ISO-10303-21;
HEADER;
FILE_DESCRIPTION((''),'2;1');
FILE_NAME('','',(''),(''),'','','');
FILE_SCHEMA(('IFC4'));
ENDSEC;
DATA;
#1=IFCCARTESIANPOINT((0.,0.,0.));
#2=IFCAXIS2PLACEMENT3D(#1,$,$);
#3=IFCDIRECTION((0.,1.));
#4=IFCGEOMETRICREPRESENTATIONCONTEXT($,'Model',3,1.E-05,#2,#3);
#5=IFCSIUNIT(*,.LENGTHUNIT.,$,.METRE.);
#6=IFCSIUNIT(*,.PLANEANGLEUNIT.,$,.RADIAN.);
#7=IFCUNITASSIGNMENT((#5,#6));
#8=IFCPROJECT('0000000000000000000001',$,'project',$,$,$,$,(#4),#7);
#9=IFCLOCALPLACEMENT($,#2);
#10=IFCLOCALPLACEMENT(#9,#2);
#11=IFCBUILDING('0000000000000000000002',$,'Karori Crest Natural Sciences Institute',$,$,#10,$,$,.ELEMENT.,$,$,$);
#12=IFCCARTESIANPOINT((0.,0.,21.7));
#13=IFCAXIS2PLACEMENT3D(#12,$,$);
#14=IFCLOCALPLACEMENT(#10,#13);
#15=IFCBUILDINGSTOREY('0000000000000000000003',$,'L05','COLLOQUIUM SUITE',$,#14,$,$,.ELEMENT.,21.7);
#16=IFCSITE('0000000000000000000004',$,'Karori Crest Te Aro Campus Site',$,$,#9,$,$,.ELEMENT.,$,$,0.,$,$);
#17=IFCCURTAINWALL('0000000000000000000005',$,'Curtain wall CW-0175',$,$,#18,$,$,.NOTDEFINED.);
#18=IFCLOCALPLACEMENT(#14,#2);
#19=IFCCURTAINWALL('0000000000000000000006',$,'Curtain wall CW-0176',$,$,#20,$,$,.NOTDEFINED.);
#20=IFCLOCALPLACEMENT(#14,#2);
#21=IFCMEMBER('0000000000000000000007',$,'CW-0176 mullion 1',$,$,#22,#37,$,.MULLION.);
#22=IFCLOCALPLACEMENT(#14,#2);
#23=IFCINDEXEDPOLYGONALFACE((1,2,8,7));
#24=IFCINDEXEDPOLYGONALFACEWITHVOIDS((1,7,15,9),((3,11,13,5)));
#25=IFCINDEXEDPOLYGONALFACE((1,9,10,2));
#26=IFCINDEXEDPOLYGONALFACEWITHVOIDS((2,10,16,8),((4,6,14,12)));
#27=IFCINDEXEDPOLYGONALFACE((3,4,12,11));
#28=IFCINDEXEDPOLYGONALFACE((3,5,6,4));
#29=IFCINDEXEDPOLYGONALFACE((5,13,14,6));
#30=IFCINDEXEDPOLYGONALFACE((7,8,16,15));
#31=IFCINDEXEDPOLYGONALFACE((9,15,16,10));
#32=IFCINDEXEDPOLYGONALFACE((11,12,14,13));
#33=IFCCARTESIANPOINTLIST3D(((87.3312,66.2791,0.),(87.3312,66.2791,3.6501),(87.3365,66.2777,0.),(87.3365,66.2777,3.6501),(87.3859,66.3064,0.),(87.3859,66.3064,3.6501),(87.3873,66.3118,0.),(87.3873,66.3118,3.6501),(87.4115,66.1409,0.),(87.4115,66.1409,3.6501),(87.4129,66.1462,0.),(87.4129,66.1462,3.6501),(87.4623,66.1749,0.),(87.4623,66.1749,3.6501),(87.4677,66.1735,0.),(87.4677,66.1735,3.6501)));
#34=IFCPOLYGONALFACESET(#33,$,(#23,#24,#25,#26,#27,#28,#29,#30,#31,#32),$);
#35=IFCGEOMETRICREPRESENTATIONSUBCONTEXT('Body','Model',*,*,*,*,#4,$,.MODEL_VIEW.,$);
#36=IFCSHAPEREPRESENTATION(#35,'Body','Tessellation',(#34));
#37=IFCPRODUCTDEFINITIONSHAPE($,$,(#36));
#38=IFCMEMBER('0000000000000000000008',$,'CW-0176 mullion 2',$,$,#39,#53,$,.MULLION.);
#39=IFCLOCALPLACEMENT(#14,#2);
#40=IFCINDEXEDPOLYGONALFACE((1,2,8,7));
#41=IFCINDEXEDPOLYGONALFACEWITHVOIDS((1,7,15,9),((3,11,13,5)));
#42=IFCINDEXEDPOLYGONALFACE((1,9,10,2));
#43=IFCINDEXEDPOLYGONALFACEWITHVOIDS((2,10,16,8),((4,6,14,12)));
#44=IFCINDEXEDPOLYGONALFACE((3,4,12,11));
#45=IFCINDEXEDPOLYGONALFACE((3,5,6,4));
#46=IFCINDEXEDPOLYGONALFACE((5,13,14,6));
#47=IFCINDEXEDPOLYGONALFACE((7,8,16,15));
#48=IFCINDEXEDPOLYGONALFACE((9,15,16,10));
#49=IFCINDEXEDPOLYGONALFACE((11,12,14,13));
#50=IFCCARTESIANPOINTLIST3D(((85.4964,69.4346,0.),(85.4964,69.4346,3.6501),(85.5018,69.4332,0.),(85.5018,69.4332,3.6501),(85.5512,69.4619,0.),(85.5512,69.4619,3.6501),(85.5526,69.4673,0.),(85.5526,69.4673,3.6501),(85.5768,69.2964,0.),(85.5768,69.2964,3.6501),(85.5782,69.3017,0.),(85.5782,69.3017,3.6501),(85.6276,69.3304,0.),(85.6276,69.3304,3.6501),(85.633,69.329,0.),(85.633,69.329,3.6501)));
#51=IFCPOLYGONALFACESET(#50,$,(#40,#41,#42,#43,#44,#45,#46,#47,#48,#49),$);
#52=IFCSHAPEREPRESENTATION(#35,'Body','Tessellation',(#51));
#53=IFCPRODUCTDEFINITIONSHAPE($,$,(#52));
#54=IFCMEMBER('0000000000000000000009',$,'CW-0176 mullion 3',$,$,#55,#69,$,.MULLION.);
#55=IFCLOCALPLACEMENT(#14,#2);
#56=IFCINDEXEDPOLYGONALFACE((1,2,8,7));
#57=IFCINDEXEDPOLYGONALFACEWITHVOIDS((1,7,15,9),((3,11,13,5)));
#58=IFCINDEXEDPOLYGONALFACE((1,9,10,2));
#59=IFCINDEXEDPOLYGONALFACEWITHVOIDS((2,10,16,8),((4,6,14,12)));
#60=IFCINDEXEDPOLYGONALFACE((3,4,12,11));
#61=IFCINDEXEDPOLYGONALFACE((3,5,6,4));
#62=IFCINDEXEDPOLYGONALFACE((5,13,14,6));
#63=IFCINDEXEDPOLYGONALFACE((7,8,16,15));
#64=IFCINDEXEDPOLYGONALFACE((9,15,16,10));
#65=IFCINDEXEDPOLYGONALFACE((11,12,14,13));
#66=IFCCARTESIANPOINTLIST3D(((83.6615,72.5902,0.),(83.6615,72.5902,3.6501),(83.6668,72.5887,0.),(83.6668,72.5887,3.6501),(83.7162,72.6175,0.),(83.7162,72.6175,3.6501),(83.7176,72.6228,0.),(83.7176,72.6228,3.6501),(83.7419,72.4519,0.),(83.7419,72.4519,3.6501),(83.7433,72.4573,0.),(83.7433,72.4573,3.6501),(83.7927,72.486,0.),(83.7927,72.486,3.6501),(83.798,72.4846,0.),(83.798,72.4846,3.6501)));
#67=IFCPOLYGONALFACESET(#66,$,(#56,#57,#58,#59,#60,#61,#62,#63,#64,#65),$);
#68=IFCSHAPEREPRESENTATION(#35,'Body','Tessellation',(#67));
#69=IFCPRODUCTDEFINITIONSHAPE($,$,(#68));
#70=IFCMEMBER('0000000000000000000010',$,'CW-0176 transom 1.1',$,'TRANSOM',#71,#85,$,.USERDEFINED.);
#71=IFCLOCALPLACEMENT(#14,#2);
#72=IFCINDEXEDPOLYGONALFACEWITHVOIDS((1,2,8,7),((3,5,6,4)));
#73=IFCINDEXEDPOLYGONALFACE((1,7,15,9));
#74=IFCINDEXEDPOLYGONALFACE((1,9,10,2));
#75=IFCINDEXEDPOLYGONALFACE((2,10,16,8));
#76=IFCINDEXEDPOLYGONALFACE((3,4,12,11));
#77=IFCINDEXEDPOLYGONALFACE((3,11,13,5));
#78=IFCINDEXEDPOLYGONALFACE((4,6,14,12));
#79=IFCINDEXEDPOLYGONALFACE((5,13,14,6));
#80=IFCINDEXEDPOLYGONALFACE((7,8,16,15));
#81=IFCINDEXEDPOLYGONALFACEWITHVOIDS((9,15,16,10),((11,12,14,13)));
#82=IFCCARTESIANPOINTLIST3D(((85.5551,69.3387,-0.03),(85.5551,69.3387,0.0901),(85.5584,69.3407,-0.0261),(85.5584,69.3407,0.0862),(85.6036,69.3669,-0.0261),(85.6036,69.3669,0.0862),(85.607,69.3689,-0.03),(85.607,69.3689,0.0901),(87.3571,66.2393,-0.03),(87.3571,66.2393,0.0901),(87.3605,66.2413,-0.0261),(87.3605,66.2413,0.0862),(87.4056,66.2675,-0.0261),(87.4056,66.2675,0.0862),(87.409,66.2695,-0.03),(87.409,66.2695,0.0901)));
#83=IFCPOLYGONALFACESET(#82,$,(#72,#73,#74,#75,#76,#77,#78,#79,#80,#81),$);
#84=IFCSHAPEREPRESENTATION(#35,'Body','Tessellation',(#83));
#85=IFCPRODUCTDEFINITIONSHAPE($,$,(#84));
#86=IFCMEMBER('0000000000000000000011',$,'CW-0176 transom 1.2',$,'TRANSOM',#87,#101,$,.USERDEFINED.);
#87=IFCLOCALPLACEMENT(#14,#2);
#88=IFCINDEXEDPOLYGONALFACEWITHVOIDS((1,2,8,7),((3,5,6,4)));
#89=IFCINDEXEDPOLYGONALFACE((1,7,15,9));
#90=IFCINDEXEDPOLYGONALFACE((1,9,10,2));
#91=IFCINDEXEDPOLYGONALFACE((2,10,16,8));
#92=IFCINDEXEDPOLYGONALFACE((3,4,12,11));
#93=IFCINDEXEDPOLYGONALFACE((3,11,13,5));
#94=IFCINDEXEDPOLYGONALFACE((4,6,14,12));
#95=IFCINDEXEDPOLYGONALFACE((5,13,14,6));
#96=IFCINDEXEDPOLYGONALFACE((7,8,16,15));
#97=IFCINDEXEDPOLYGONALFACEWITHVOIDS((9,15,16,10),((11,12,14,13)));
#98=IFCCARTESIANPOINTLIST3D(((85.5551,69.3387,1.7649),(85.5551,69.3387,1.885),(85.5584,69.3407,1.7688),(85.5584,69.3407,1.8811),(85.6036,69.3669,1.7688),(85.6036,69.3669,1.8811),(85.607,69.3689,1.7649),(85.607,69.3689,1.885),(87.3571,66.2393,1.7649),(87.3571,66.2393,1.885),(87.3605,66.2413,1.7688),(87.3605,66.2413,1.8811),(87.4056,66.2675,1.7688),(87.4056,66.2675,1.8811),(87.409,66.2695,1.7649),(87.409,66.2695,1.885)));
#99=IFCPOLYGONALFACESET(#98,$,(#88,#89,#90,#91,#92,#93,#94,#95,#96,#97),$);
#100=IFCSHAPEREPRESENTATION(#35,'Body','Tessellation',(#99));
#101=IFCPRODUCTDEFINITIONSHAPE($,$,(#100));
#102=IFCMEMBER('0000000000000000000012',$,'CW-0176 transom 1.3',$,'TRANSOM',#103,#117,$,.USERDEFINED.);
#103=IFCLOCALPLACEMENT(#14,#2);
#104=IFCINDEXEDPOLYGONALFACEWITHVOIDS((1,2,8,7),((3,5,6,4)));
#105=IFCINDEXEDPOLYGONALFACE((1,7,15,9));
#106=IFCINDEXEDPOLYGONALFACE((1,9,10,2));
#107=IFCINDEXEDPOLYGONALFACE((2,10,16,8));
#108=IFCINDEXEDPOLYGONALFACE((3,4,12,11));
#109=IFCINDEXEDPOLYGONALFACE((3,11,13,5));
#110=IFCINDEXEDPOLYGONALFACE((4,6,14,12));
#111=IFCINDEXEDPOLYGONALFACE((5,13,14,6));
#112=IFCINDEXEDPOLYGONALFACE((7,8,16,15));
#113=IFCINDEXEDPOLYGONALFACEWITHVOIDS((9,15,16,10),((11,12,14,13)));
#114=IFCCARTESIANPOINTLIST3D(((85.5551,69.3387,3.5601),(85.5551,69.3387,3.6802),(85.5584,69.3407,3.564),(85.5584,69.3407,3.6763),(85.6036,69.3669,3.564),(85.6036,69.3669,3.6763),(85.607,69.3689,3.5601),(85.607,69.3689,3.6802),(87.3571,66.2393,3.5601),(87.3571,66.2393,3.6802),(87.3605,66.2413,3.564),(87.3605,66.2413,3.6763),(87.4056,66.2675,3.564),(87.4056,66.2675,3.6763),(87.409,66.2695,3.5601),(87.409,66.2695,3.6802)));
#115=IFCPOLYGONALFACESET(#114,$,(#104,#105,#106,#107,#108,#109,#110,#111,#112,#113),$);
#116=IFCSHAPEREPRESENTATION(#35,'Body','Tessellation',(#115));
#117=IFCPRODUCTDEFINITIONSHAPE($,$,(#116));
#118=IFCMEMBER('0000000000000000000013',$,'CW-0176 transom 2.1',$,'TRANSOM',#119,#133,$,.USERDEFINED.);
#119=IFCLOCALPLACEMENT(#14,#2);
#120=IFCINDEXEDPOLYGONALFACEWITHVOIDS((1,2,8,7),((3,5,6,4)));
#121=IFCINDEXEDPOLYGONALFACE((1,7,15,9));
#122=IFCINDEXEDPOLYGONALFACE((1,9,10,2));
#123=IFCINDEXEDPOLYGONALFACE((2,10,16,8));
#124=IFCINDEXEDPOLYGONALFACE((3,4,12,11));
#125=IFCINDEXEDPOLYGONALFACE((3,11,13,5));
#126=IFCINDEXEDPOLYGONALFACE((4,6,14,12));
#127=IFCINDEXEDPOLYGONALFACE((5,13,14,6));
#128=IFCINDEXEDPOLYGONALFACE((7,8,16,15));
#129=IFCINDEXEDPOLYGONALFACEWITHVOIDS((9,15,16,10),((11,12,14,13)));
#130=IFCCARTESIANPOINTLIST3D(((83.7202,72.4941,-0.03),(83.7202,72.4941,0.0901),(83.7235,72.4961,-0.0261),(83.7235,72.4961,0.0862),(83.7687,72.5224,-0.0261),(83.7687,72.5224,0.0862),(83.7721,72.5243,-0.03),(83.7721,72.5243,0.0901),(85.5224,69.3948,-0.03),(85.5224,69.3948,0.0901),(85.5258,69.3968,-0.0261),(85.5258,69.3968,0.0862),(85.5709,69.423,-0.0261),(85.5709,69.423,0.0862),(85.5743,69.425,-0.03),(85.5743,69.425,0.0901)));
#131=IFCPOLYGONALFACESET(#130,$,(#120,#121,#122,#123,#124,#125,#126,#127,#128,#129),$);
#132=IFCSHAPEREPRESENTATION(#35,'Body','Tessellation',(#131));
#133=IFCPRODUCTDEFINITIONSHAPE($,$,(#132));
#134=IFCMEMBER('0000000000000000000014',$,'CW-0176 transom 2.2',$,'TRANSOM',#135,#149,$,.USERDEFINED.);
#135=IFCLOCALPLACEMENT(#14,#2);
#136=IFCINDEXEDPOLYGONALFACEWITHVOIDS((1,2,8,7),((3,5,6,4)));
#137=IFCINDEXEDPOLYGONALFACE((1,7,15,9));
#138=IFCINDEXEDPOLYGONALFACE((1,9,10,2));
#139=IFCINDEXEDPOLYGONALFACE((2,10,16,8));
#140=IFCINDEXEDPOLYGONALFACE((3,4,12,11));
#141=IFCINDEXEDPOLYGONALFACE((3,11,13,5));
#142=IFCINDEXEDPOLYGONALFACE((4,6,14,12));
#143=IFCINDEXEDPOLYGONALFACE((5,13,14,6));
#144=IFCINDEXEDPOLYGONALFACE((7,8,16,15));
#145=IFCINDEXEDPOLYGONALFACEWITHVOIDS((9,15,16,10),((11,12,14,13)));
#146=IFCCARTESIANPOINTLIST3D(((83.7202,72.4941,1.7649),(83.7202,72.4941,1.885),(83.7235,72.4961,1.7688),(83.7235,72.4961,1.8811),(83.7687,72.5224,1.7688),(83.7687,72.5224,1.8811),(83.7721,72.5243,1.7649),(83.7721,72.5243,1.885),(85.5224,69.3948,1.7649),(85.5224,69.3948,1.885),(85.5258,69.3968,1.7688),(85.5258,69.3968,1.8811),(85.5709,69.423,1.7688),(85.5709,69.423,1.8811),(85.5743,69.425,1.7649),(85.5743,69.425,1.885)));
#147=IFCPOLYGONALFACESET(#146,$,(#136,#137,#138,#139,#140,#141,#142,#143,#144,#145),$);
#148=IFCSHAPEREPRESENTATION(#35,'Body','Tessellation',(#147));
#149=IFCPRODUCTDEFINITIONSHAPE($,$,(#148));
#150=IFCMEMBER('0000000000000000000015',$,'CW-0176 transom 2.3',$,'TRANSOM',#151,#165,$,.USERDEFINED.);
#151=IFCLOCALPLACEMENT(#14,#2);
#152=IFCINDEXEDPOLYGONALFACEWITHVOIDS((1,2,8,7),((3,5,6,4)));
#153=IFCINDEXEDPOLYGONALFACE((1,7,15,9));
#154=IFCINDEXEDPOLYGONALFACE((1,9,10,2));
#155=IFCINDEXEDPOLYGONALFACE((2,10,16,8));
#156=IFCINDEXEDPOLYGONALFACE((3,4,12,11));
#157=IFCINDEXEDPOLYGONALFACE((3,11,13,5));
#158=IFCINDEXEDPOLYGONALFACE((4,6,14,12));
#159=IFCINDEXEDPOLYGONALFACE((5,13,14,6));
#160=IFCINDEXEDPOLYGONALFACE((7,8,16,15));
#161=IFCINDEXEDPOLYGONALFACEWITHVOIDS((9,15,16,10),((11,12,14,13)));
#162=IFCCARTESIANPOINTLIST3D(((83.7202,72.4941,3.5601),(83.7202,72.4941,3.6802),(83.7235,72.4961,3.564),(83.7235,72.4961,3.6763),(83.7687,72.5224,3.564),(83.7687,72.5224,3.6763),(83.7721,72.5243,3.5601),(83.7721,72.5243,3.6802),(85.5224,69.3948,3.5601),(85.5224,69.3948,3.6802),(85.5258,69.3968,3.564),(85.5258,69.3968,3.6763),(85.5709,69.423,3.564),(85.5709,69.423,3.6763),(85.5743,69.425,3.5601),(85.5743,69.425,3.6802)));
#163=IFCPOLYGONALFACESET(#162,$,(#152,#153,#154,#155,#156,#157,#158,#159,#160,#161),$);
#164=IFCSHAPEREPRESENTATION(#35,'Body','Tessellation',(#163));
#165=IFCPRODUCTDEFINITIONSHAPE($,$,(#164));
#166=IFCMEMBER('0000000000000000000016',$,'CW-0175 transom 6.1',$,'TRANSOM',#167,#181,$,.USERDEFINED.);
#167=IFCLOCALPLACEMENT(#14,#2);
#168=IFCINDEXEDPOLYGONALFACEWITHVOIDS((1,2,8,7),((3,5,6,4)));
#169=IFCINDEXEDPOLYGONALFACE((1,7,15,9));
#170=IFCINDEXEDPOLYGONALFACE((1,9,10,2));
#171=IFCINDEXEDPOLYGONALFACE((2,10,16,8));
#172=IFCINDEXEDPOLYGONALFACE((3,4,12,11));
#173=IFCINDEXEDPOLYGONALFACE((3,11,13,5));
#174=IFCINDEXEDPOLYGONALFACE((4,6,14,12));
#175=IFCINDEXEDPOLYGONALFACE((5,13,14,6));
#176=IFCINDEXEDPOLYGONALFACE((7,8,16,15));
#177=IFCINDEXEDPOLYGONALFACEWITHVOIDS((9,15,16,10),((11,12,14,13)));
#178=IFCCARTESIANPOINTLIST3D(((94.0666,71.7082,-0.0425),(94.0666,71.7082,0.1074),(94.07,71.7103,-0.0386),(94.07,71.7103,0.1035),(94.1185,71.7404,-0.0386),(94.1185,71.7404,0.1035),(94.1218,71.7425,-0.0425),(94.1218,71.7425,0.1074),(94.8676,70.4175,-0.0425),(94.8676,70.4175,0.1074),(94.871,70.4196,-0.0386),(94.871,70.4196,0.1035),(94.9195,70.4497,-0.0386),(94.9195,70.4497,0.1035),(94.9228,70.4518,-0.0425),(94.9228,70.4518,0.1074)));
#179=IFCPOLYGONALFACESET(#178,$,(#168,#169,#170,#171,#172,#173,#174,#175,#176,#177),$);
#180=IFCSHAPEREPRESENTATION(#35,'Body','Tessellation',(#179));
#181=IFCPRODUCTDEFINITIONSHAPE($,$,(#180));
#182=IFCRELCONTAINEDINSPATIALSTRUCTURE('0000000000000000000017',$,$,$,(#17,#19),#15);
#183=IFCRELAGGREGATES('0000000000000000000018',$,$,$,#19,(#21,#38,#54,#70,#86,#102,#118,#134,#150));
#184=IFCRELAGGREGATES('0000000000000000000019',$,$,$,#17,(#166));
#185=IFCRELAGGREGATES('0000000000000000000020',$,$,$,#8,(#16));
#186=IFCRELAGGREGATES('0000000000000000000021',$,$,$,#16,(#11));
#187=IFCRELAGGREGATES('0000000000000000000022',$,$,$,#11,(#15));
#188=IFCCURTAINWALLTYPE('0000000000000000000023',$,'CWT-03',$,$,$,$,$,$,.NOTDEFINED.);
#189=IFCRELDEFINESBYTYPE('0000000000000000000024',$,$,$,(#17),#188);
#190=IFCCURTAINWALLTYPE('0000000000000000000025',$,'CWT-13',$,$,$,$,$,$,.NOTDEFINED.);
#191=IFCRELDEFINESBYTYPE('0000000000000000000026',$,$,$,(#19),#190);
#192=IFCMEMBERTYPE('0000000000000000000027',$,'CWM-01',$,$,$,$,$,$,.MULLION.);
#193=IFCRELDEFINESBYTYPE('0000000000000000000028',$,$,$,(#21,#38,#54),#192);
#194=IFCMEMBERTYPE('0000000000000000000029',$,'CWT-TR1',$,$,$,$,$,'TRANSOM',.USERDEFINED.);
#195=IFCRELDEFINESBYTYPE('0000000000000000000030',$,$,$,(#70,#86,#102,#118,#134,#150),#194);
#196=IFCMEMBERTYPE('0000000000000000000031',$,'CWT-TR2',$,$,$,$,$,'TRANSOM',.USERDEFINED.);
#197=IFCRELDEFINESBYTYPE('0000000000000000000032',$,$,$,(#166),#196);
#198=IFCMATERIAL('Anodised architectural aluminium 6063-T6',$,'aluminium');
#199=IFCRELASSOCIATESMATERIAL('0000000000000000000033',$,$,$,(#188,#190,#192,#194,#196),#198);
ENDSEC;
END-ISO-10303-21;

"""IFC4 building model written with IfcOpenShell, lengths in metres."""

from ifc_helpers import new_model, si_unit, direction, frame, origin, origin_2d, place, context, subcontext, project, spatial, hollow_rectangle, extrude, material, material_profile, profile_set, type_object, element, aggregate, save


model = new_model("IFC4")

# Units and contexts
model_context = context("Model", 3, precision=1e-05, world=origin(), true_north=direction((0.0, 1.0)))
body_context = subcontext(model_context, "Body", "Model", "MODEL_VIEW")
ifc_project = project(units=[si_unit("LENGTHUNIT", "METRE"), si_unit("PLANEANGLEUNIT", "RADIAN")], contexts=[model_context])

# Site, building, storey
site_placement = place(None, origin())
site = spatial("IfcSite", under=ifc_project, at=site_placement, Name="Karori Crest Te Aro Campus Site", CompositionType="ELEMENT", RefElevation=0.0)
building_placement = place(site_placement, origin())
building = spatial("IfcBuilding", under=site, at=building_placement, Name="Karori Crest Natural Sciences Institute", CompositionType="ELEMENT")
storey_placement = place(building_placement, frame((0.0, 0.0, 21.7)))
storey = spatial("IfcBuildingStorey", under=building, at=storey_placement, Name="L05", Description="COLLOQUIUM SUITE", CompositionType="ELEMENT", Elevation=21.7)

# Curtain wall
ifc_material_1 = material(Name="Anodised architectural aluminium 6063-T6", Category="aluminium")
curtain_wall_type_1 = type_object("IfcCurtainWallType", Name="CWT-03", PredefinedType="NOTDEFINED", material=ifc_material_1)
curtain_wall_1_placement = place(storey_placement, origin())
curtain_wall_1 = element("IfcCurtainWall", 1, at=curtain_wall_1_placement, inside=storey, type_object=curtain_wall_type_1, Name="Curtain wall CW-0175", PredefinedType="NOTDEFINED")
ifc_material_profile_1 = material_profile(ifc_material_1, hollow_rectangle(XDim=0.0649, YDim=0.1599, WallThickness=0.0039, at=origin_2d()), Name="CWM160x65x4")
ifc_profile_set_1 = profile_set([ifc_material_profile_1], Name="Anodised architectural aluminium 6063-T6")
member_type_1 = type_object("IfcMemberType", Name="CWM-01", PredefinedType="MULLION", material=ifc_profile_set_1)

# Curtain wall, members
curtain_wall_type_2 = type_object("IfcCurtainWallType", Name="CWT-13", PredefinedType="NOTDEFINED", material=ifc_material_1)
curtain_wall_2_placement = place(storey_placement, origin())
curtain_wall_2 = element("IfcCurtainWall", 2, at=curtain_wall_2_placement, inside=storey, type_object=curtain_wall_type_2, Name="Curtain wall CW-0176", PredefinedType="NOTDEFINED")
member_1_placement = place(storey_placement, frame((87.3994, 66.2263, 0.0), z_axis=(0.0, 0.0, 1.0), x_axis=(-0.864487, -0.502655, 0.0)))
member_1 = element("IfcMember", 3, at=member_1_placement, type_object=member_type_1, Name="CW-0176 mullion 1", PredefinedType="MULLION", context=body_context, shape_type="SweptSolid", body=[
    extrude(hollow_rectangle(XDim=0.0649, YDim=0.1599, WallThickness=0.0039, at=origin_2d()), origin(), (0.0, 0.0, 1.0), 3.6501),
])
member_2_placement = place(storey_placement, frame((85.5647, 69.3818, 0.0), z_axis=(0.0, 0.0, 1.0), x_axis=(-0.864487, -0.502655, 0.0)))
member_2 = element("IfcMember", 4, at=member_2_placement, type_object=member_type_1, Name="CW-0176 mullion 2", PredefinedType="MULLION", context=body_context, shape_type="SweptSolid", body=[
    extrude(hollow_rectangle(XDim=0.0649, YDim=0.1599, WallThickness=0.0039, at=origin_2d()), origin(), (0.0, 0.0, 1.0), 3.6501),
])
member_3_placement = place(storey_placement, frame((83.7297, 72.5374, 0.0), z_axis=(0.0, 0.0, 1.0), x_axis=(-0.864487, -0.502655, 0.0)))
member_3 = element("IfcMember", 5, at=member_3_placement, type_object=member_type_1, Name="CW-0176 mullion 3", PredefinedType="MULLION", context=body_context, shape_type="SweptSolid", body=[
    extrude(hollow_rectangle(XDim=0.0649, YDim=0.1599, WallThickness=0.0039, at=origin_2d()), origin(), (0.0, 0.0, 1.0), 3.6501),
])
ifc_material_profile_2 = material_profile(ifc_material_1, hollow_rectangle(XDim=0.0601, YDim=0.1201, WallThickness=0.0039, at=origin_2d()), Name="CWT120x60x4")
ifc_profile_set_2 = profile_set([ifc_material_profile_2], Name="Anodised architectural aluminium 6063-T6")
member_type_2 = type_object("IfcMemberType", Name="CWT-TR1", ElementType="TRANSOM", PredefinedType="USERDEFINED", material=ifc_profile_set_2)
member_4_placement = place(storey_placement, frame((87.3831, 66.2544, 0.03), z_axis=(-0.50263, 0.864502, 0.0), x_axis=(-0.864502, -0.50263, 0.0)))
member_4 = element("IfcMember", 6, at=member_4_placement, type_object=member_type_2, Name="CW-0176 transom 1.1", ObjectType="TRANSOM", PredefinedType="USERDEFINED", context=body_context, shape_type="SweptSolid", body=[
    extrude(hollow_rectangle(XDim=0.0601, YDim=0.1201, WallThickness=0.0039, at=origin_2d()), origin(), (0.0, 0.0, 1.0), 3.5852),
])
member_5_placement = place(storey_placement, frame((87.3831, 66.2544, 1.825), z_axis=(-0.50263, 0.864502, 0.0), x_axis=(-0.864502, -0.50263, 0.0)))
member_5 = element("IfcMember", 7, at=member_5_placement, type_object=member_type_2, Name="CW-0176 transom 1.2", ObjectType="TRANSOM", PredefinedType="USERDEFINED", context=body_context, shape_type="SweptSolid", body=[
    extrude(hollow_rectangle(XDim=0.0601, YDim=0.1201, WallThickness=0.0039, at=origin_2d()), origin(), (0.0, 0.0, 1.0), 3.5852),
])
member_6_placement = place(storey_placement, frame((87.3831, 66.2544, 3.6201), z_axis=(-0.50263, 0.864502, 0.0), x_axis=(-0.864502, -0.50263, 0.0)))
member_6 = element("IfcMember", 8, at=member_6_placement, type_object=member_type_2, Name="CW-0176 transom 1.3", ObjectType="TRANSOM", PredefinedType="USERDEFINED", context=body_context, shape_type="SweptSolid", body=[
    extrude(hollow_rectangle(XDim=0.0601, YDim=0.1201, WallThickness=0.0039, at=origin_2d()), origin(), (0.0, 0.0, 1.0), 3.5852),
])
member_7_placement = place(storey_placement, frame((85.5483, 69.4099, 0.03), z_axis=(-0.502681, 0.864472, 0.0), x_axis=(-0.864472, -0.502681, 0.0)))
member_7 = element("IfcMember", 9, at=member_7_placement, type_object=member_type_2, Name="CW-0176 transom 2.1", ObjectType="TRANSOM", PredefinedType="USERDEFINED", context=body_context, shape_type="SweptSolid", body=[
    extrude(hollow_rectangle(XDim=0.0601, YDim=0.1201, WallThickness=0.0039, at=origin_2d()), origin(), (0.0, 0.0, 1.0), 3.5852),
])
member_8_placement = place(storey_placement, frame((85.5483, 69.4099, 1.825), z_axis=(-0.502681, 0.864472, 0.0), x_axis=(-0.864472, -0.502681, 0.0)))
member_8 = element("IfcMember", 10, at=member_8_placement, type_object=member_type_2, Name="CW-0176 transom 2.2", ObjectType="TRANSOM", PredefinedType="USERDEFINED", context=body_context, shape_type="SweptSolid", body=[
    extrude(hollow_rectangle(XDim=0.0601, YDim=0.1201, WallThickness=0.0039, at=origin_2d()), origin(), (0.0, 0.0, 1.0), 3.5852),
])
member_9_placement = place(storey_placement, frame((85.5483, 69.4099, 3.6201), z_axis=(-0.502681, 0.864472, 0.0), x_axis=(-0.864472, -0.502681, 0.0)))
member_9 = element("IfcMember", 11, at=member_9_placement, type_object=member_type_2, Name="CW-0176 transom 2.3", ObjectType="TRANSOM", PredefinedType="USERDEFINED", context=body_context, shape_type="SweptSolid", body=[
    extrude(hollow_rectangle(XDim=0.0601, YDim=0.1201, WallThickness=0.0039, at=origin_2d()), origin(), (0.0, 0.0, 1.0), 3.5852),
])

# Member
ifc_material_profile_3 = material_profile(ifc_material_1, hollow_rectangle(XDim=0.0649, YDim=0.1499, WallThickness=0.0039, at=origin_2d()), Name="CWT150x65x4")
ifc_profile_set_3 = profile_set([ifc_material_profile_3], Name="Anodised architectural aluminium 6063-T6")
member_type_3 = type_object("IfcMemberType", Name="CWT-TR2", ElementType="TRANSOM", PredefinedType="USERDEFINED", material=ifc_profile_set_3)
member_10_placement = place(storey_placement, frame((94.0942, 71.7253, 0.0325), z_axis=(0.527295, -0.849682, 0.0), x_axis=(0.849682, 0.527295, 0.0)))
member_10 = element("IfcMember", 12, at=member_10_placement, type_object=member_type_3, Name="CW-0175 transom 6.1", ObjectType="TRANSOM", PredefinedType="USERDEFINED", context=body_context, shape_type="SweptSolid", body=[
    extrude(hollow_rectangle(XDim=0.0649, YDim=0.1499, WallThickness=0.0039, at=origin_2d()), origin(), (0.0, 0.0, 1.0), 1.519),
])

aggregate(curtain_wall_2, [member_1, member_2, member_3, member_4, member_5, member_6, member_7, member_8, member_9])
aggregate(curtain_wall_1, [member_10])

save(model, "model.ifc")
